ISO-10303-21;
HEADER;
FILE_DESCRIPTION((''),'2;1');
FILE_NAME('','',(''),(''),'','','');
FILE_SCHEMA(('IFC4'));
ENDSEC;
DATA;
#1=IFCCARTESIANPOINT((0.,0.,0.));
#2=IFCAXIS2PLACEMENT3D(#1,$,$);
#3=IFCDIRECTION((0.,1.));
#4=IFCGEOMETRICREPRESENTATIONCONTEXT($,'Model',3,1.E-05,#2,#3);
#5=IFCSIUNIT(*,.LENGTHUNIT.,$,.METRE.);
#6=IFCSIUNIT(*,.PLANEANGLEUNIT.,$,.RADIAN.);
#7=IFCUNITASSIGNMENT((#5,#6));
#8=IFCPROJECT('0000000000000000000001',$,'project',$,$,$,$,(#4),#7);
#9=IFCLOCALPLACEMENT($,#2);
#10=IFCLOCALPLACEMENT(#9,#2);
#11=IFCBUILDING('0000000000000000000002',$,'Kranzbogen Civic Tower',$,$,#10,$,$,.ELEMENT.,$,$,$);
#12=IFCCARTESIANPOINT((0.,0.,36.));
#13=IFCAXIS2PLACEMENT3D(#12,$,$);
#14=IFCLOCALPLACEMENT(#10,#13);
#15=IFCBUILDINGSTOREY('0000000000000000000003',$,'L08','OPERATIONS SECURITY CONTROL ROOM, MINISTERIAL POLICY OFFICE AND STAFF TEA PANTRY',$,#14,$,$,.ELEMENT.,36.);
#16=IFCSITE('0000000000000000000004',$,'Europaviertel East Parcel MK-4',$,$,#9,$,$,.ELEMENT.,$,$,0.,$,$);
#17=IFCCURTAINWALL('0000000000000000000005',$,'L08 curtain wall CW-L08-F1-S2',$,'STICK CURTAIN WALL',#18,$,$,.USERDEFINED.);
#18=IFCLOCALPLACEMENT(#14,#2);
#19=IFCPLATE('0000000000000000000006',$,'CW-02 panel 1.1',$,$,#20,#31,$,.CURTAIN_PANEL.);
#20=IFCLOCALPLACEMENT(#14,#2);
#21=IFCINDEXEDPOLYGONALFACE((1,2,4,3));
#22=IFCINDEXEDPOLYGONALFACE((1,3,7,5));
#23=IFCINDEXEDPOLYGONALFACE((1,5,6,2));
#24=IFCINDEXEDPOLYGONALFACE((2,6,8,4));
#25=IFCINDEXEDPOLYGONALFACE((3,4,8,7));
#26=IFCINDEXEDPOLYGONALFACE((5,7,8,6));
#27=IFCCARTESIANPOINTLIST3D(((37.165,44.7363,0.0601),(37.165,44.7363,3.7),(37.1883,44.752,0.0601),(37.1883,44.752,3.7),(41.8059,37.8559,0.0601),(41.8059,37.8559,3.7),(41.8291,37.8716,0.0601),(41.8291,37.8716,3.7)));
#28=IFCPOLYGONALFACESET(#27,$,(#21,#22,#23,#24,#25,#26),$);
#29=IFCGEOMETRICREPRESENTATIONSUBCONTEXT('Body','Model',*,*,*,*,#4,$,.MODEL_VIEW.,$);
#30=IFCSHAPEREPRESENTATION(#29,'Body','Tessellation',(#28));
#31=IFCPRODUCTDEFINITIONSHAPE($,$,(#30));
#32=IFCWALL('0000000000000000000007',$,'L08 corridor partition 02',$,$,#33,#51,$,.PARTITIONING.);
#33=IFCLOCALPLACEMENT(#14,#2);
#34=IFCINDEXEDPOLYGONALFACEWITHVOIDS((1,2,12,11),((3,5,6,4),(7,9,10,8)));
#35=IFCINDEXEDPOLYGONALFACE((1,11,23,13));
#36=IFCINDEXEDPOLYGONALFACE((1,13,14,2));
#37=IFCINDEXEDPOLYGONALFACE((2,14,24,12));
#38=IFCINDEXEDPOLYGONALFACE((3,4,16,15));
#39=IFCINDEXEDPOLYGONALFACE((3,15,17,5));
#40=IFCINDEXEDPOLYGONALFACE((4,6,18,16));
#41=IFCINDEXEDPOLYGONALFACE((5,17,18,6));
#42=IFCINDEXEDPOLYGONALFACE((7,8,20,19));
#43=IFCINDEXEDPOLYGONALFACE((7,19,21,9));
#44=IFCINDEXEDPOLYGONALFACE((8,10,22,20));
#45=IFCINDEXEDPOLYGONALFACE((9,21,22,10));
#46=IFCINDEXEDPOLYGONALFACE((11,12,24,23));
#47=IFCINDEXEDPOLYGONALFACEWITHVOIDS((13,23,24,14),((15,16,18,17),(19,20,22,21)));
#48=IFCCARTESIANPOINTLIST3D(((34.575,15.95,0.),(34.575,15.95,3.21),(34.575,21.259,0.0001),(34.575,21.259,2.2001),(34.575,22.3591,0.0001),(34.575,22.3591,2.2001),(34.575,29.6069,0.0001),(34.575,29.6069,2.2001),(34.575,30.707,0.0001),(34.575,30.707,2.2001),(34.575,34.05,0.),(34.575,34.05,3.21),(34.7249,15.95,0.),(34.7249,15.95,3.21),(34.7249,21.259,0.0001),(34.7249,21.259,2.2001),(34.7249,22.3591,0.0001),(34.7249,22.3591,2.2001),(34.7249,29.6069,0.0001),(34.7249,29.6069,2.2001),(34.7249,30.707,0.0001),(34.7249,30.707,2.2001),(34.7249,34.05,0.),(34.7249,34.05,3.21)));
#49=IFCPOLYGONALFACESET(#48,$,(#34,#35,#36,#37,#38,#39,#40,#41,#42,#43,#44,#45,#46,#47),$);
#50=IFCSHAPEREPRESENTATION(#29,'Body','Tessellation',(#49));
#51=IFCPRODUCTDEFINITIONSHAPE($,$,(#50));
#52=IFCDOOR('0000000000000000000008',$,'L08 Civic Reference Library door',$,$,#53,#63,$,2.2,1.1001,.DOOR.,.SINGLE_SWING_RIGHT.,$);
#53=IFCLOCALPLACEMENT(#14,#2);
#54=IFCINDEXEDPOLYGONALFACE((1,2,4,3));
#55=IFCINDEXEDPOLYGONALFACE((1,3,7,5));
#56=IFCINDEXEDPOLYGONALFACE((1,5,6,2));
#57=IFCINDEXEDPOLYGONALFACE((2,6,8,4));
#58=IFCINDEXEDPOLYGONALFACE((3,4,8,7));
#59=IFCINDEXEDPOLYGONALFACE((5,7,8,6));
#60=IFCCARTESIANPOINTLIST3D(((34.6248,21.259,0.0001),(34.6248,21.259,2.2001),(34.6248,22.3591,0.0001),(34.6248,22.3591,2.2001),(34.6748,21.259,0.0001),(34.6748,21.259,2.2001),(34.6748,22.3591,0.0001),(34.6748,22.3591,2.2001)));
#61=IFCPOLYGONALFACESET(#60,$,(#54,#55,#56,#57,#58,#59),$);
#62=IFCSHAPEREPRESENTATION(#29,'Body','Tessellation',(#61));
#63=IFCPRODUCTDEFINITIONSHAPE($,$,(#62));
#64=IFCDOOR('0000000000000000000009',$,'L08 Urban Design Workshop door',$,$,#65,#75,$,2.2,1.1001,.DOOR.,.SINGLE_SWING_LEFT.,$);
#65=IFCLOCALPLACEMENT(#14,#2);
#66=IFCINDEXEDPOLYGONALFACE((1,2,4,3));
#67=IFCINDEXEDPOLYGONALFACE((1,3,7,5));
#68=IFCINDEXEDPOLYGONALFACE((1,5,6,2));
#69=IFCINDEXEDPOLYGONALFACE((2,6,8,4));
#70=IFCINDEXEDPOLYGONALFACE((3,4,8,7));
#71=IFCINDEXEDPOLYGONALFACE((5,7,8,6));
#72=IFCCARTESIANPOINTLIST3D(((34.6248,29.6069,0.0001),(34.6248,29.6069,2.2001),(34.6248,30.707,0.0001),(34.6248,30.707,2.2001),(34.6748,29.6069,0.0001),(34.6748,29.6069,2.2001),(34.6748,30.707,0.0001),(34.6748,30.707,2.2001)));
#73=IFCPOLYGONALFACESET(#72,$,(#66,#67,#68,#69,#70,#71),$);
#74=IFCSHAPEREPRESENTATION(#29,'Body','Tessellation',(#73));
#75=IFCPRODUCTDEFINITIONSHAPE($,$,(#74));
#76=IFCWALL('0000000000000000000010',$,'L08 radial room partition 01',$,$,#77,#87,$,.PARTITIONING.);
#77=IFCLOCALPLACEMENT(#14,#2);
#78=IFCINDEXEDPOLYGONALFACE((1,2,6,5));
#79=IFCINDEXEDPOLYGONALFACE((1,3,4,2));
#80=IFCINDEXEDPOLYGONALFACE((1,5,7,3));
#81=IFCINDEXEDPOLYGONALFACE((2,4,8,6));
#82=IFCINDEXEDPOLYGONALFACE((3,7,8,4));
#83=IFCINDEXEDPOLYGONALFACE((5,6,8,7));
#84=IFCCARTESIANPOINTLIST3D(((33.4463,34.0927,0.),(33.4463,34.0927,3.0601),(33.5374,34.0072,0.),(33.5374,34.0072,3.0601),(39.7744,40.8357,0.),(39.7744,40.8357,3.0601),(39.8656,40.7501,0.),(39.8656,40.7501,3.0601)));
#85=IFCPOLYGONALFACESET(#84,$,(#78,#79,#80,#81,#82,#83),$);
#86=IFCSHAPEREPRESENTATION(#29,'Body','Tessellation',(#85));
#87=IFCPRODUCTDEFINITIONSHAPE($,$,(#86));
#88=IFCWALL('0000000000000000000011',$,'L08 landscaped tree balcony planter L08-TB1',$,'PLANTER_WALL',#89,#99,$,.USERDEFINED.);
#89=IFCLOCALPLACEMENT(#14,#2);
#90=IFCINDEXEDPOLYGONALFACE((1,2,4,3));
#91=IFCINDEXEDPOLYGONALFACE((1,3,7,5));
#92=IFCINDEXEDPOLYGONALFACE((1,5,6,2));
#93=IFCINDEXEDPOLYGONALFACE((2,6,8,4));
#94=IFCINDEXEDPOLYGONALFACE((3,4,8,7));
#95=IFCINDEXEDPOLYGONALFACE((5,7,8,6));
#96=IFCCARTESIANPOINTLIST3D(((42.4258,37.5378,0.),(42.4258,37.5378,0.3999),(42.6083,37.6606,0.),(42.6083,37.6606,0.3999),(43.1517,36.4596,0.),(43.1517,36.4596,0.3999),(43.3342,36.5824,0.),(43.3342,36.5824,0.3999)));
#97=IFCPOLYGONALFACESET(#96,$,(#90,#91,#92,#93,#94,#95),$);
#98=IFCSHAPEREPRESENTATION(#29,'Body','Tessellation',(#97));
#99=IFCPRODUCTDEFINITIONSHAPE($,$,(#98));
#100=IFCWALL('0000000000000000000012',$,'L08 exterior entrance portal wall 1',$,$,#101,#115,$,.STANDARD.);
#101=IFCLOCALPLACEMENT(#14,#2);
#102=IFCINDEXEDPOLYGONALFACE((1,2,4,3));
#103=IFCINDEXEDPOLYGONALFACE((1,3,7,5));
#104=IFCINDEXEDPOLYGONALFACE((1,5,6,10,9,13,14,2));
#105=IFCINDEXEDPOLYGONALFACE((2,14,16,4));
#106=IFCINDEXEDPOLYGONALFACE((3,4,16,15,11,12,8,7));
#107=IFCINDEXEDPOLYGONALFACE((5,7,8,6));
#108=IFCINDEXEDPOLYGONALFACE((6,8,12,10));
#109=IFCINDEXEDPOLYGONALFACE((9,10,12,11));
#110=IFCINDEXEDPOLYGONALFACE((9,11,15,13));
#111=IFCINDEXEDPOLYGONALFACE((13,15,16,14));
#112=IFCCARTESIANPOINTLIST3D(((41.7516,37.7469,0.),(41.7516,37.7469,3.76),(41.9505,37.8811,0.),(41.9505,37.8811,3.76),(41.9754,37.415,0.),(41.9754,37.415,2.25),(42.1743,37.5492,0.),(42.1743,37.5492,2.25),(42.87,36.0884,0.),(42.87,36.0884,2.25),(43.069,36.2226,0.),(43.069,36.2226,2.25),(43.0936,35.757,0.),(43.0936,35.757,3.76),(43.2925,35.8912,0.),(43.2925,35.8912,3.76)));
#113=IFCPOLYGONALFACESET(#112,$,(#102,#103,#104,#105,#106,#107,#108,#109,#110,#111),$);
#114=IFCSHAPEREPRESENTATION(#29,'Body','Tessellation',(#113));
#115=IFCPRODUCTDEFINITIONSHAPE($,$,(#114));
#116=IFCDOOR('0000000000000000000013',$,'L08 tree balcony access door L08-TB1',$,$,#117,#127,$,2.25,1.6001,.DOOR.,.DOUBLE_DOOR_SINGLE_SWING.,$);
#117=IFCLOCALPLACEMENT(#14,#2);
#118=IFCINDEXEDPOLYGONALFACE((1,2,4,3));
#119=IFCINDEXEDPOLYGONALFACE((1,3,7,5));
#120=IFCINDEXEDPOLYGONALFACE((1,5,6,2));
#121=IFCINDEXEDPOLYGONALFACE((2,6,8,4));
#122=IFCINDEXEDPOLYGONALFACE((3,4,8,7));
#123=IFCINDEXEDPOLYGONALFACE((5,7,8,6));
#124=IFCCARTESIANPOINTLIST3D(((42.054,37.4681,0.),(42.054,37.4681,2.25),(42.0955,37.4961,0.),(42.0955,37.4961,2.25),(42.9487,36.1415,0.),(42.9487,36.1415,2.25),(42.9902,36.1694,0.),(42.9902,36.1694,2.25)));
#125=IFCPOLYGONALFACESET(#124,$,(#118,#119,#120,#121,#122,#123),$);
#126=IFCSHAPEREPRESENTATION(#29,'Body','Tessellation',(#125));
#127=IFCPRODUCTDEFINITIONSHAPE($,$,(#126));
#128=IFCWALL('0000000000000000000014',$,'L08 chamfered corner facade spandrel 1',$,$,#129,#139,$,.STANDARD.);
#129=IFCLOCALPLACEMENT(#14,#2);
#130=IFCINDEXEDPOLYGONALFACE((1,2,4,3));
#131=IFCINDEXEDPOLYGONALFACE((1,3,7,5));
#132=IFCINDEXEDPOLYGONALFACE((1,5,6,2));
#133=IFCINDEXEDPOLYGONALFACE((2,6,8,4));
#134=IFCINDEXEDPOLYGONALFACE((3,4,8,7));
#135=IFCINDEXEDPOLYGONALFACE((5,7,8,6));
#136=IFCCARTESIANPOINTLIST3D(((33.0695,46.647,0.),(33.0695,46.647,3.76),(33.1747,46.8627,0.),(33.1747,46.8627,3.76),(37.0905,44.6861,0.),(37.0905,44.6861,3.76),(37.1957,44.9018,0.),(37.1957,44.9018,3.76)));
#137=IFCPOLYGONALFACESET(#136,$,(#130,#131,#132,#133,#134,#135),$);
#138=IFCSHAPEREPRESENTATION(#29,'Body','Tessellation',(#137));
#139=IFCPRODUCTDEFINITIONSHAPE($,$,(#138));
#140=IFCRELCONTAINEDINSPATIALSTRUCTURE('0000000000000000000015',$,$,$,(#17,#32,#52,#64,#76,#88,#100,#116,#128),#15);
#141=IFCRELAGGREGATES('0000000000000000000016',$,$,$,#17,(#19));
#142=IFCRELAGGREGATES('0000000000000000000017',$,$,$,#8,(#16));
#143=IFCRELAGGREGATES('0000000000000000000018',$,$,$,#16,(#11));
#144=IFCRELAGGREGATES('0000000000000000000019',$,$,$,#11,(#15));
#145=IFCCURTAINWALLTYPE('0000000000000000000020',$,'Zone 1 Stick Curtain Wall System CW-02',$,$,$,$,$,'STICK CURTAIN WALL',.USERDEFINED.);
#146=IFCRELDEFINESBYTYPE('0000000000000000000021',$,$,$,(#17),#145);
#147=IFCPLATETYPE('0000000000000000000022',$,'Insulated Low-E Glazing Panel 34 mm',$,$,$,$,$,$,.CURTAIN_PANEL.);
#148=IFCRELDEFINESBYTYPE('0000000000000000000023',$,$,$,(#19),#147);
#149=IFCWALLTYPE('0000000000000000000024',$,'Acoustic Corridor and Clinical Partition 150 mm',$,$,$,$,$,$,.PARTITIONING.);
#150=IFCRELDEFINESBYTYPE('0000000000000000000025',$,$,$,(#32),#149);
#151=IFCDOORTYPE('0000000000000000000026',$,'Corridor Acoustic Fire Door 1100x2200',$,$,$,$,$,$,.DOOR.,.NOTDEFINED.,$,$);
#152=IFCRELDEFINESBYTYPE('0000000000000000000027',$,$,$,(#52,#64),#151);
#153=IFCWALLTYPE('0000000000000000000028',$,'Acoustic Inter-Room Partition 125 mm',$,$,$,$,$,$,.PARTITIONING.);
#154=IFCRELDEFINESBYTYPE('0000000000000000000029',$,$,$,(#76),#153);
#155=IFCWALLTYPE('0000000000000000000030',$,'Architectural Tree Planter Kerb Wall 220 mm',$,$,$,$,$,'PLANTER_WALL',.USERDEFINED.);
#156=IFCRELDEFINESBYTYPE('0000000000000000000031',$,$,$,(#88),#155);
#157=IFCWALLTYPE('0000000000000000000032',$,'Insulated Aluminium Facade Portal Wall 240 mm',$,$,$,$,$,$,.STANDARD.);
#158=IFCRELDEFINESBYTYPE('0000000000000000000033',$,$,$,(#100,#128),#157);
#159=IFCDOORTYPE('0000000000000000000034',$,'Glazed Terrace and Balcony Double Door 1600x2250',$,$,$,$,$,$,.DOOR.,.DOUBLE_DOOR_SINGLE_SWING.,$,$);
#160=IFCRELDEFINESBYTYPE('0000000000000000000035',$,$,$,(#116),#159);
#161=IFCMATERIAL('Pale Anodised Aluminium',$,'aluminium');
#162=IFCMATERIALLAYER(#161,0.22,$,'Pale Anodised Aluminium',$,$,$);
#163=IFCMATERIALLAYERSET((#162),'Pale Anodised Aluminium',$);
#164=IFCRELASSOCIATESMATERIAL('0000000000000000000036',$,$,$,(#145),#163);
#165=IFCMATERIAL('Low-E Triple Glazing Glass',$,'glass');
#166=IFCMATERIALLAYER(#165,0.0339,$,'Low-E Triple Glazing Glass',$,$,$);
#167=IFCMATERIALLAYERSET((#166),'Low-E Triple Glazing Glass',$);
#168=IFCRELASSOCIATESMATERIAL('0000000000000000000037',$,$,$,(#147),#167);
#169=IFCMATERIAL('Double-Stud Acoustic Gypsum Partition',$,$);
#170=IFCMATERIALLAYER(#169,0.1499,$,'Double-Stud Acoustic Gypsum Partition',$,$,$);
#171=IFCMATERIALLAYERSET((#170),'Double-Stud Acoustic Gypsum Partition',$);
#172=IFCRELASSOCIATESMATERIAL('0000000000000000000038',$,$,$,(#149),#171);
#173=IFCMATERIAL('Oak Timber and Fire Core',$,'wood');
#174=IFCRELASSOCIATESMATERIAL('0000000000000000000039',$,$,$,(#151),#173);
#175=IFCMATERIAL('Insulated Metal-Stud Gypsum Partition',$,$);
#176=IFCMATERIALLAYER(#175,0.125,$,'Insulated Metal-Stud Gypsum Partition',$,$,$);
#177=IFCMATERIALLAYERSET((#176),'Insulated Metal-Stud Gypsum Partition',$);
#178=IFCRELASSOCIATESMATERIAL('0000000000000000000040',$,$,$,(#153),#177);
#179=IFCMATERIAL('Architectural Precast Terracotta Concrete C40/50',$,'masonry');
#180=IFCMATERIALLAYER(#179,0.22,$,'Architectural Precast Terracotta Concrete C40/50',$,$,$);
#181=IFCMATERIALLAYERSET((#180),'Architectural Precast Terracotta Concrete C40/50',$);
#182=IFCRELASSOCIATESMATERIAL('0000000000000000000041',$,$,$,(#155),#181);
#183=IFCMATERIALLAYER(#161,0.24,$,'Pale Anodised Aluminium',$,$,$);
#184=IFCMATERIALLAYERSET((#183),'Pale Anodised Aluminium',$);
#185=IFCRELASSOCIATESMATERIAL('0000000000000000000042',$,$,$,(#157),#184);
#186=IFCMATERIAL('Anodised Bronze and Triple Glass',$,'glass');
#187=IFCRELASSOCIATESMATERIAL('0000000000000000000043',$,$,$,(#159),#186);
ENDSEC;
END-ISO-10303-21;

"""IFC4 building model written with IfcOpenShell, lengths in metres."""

from ifc_helpers import new_model, si_unit, direction, frame, frame_2d, origin, origin_2d, place, context, subcontext, project, spatial, rectangle, extrude, material, layer, layer_set, type_object, element, fill, aggregate, save


model = new_model("IFC4")

# Units and contexts
model_context = context("Model", 3, precision=1e-05, world=origin(), true_north=direction((0.0, 1.0)))
body_context = subcontext(model_context, "Body", "Model", "MODEL_VIEW")
ifc_project = project(units=[si_unit("LENGTHUNIT", "METRE"), si_unit("PLANEANGLEUNIT", "RADIAN")], contexts=[model_context])

# Site, building, storey
site_placement = place(None, origin())
site = spatial("IfcSite", under=ifc_project, at=site_placement, Name="Europaviertel East Parcel MK-4", CompositionType="ELEMENT", RefElevation=0.0)
building_placement = place(site_placement, origin())
building = spatial("IfcBuilding", under=site, at=building_placement, Name="Kranzbogen Civic Tower", CompositionType="ELEMENT")
storey_placement = place(building_placement, frame((0.0, 0.0, 36.0)))
storey = spatial("IfcBuildingStorey", under=building, at=storey_placement, Name="L08", Description="OPERATIONS SECURITY CONTROL ROOM, MINISTERIAL POLICY OFFICE AND STAFF TEA PANTRY", CompositionType="ELEMENT", Elevation=36.0)

# Shared definitions
ifc_material_1 = material(Name="Pale Anodised Aluminium", Category="aluminium")
ifc_layer_1 = layer(ifc_material_1, 0.22, Name="Pale Anodised Aluminium")
ifc_layer_set_1 = layer_set([ifc_layer_1], Name="Pale Anodised Aluminium")
curtain_wall_type = type_object("IfcCurtainWallType", Name="Zone 1 Stick Curtain Wall System CW-02", ElementType="STICK CURTAIN WALL", PredefinedType="USERDEFINED", material=ifc_layer_set_1)

# Curtain wall
curtain_wall_1_placement = place(storey_placement, origin())
curtain_wall_1 = element("IfcCurtainWall", 1, at=curtain_wall_1_placement, inside=storey, type_object=curtain_wall_type, Name="L08 curtain wall CW-L08-F1-S2", ObjectType="STICK CURTAIN WALL", PredefinedType="USERDEFINED")

# Plate
ifc_material_2 = material(Name="Low-E Triple Glazing Glass", Category="glass")
ifc_layer_2 = layer(ifc_material_2, 0.0339, Name="Low-E Triple Glazing Glass")
ifc_layer_set_2 = layer_set([ifc_layer_2], Name="Low-E Triple Glazing Glass")
plate_type = type_object("IfcPlateType", Name="Insulated Low-E Glazing Panel 34 mm", PredefinedType="CURTAIN_PANEL", material=ifc_layer_set_2)
plate_placement = place(storey_placement, frame((39.4971, 41.304, 0.0601), z_axis=(0.0, 0.0, 1.0), x_axis=(-0.559187, 0.829041, 0.0)))
plate = element("IfcPlate", 2, at=plate_placement, type_object=plate_type, Name="CW-02 panel 1.1", PredefinedType="CURTAIN_PANEL", context=body_context, shape_type="SweptSolid", body=[
    extrude(rectangle(XDim=8.2993, YDim=0.0281, at=origin_2d()), origin(), (0.0, 0.0, 1.0), 3.6399),
])
aggregate(curtain_wall_1, [plate])

# Wall, openings, doors
ifc_material_3 = material(Name="Double-Stud Acoustic Gypsum Partition")
ifc_layer_3 = layer(ifc_material_3, 0.1499, Name="Double-Stud Acoustic Gypsum Partition")
ifc_layer_set_3 = layer_set([ifc_layer_3], Name="Double-Stud Acoustic Gypsum Partition")
wall_type_1 = type_object("IfcWallType", Name="Acoustic Corridor and Clinical Partition 150 mm", PredefinedType="PARTITIONING", material=ifc_layer_set_3)
wall_1_placement = place(storey_placement, frame((34.6499, 34.05, 0.0), z_axis=(0.0, 0.0, 1.0), x_axis=(0.0, -1.0, 0.0)))
wall_1 = element("IfcWall", 3, at=wall_1_placement, inside=storey, type_object=wall_type_1, Name="L08 corridor partition 02", PredefinedType="PARTITIONING", context=body_context, shape_type="SweptSolid", body=[
    extrude(rectangle(XDim=18.1001, YDim=0.1499, at=frame_2d((9.05, 0.0))), origin(), (0.0, 0.0, 1.0), 3.21),
])
opening_1_placement = place(wall_1_placement, frame((11.6909, 0.0, 0.0)))
opening_1 = element("IfcOpeningElement", 4, at=opening_1_placement, cuts=wall_1, PredefinedType="OPENING", context=body_context, shape_type="SweptSolid", body=[
    extrude(rectangle(XDim=1.1001, YDim=2.2, at=frame_2d((0.55, 1.1001))), frame((0.0, 0.085, 0.0), z_axis=(0.0, -1.0, 0.0), x_axis=(1.0, 0.0, 0.0)), (0.0, 0.0, 1.0), 0.1699),
])
opening_2_placement = place(wall_1_placement, frame((3.343, 0.0, 0.0)))
opening_2 = element("IfcOpeningElement", 5, at=opening_2_placement, cuts=wall_1, PredefinedType="OPENING", context=body_context, shape_type="SweptSolid", body=[
    extrude(rectangle(XDim=1.1001, YDim=2.2, at=frame_2d((0.55, 1.1001))), frame((0.0, 0.085, 0.0), z_axis=(0.0, -1.0, 0.0), x_axis=(1.0, 0.0, 0.0)), (0.0, 0.0, 1.0), 0.1699),
])
ifc_material_4 = material(Name="Oak Timber and Fire Core", Category="wood")
door_type_1 = type_object("IfcDoorType", Name="Corridor Acoustic Fire Door 1100x2200", OperationType="NOTDEFINED", PredefinedType="DOOR", material=ifc_material_4)
door_1_placement = place(opening_1_placement, origin())
door_1 = element("IfcDoor", 6, at=door_1_placement, inside=storey, type_object=door_type_1, Name="L08 Civic Reference Library door", OperationType="SINGLE_SWING_RIGHT", OverallHeight=2.2, OverallWidth=1.1001, PredefinedType="DOOR", context=body_context, shape_type="SweptSolid", body=[
    extrude(rectangle(XDim=1.1001, YDim=2.2, at=frame_2d((0.55, 1.1001))), frame((0.0, 0.0249, 0.0), z_axis=(0.0, -1.0, 0.0), x_axis=(1.0, 0.0, 0.0)), (0.0, 0.0, 1.0), 0.05),
])
fill(opening_1, door_1)
door_2_placement = place(opening_2_placement, origin())
door_2 = element("IfcDoor", 7, at=door_2_placement, inside=storey, type_object=door_type_1, Name="L08 Urban Design Workshop door", OperationType="SINGLE_SWING_LEFT", OverallHeight=2.2, OverallWidth=1.1001, PredefinedType="DOOR", context=body_context, shape_type="SweptSolid", body=[
    extrude(rectangle(XDim=1.1001, YDim=2.2, at=frame_2d((0.55, 1.1001))), frame((0.0, 0.0249, 0.0), z_axis=(0.0, -1.0, 0.0), x_axis=(1.0, 0.0, 0.0)), (0.0, 0.0, 1.0), 0.05),
])
fill(opening_2, door_2)

# Walls
ifc_material_5 = material(Name="Insulated Metal-Stud Gypsum Partition")
ifc_layer_4 = layer(ifc_material_5, 0.125, Name="Insulated Metal-Stud Gypsum Partition")
ifc_layer_set_4 = layer_set([ifc_layer_4], Name="Insulated Metal-Stud Gypsum Partition")
wall_type_2 = type_object("IfcWallType", Name="Acoustic Inter-Room Partition 125 mm", PredefinedType="PARTITIONING", material=ifc_layer_set_4)
wall_2_placement = place(storey_placement, frame((33.4919, 34.05, 0.0), z_axis=(0.0, 0.0, 1.0), x_axis=(0.684323, 0.729179, 0.0)))
element("IfcWall", 8, at=wall_2_placement, inside=storey, type_object=wall_type_2, Name="L08 radial room partition 01", PredefinedType="PARTITIONING", context=body_context, shape_type="SweptSolid", body=[
    extrude(rectangle(XDim=9.2473, YDim=0.125, at=frame_2d((4.6235, 0.0))), origin(), (0.0, 0.0, 1.0), 3.0601),
])
ifc_material_6 = material(Name="Architectural Precast Terracotta Concrete C40/50", Category="masonry")
ifc_layer_5 = layer(ifc_material_6, 0.22, Name="Architectural Precast Terracotta Concrete C40/50")
ifc_layer_set_5 = layer_set([ifc_layer_5], Name="Architectural Precast Terracotta Concrete C40/50")
wall_type_3 = type_object("IfcWallType", Name="Architectural Tree Planter Kerb Wall 220 mm", ElementType="PLANTER_WALL", PredefinedType="USERDEFINED", material=ifc_layer_set_5)
wall_3_placement = place(storey_placement, frame((43.2429, 36.521, 0.0), z_axis=(0.0, 0.0, 1.0), x_axis=(-0.558466, 0.829528, 0.0)))
element("IfcWall", 9, at=wall_3_placement, inside=storey, type_object=wall_type_3, Name="L08 landscaped tree balcony planter L08-TB1", ObjectType="PLANTER_WALL", PredefinedType="USERDEFINED", context=body_context, shape_type="SweptSolid", body=[
    extrude(rectangle(XDim=1.2998, YDim=0.22, at=frame_2d((0.6499, 0.0))), origin(), (0.0, 0.0, 1.0), 0.3999),
])

# Wall, opening, door
ifc_layer_6 = layer(ifc_material_1, 0.24, Name="Pale Anodised Aluminium")
ifc_layer_set_6 = layer_set([ifc_layer_6], Name="Pale Anodised Aluminium")
wall_type_4 = type_object("IfcWallType", Name="Insulated Aluminium Facade Portal Wall 240 mm", PredefinedType="STANDARD", material=ifc_layer_set_6)
wall_4_placement = place(storey_placement, frame((43.1931, 35.824, 0.0), z_axis=(0.0, 0.0, 1.0), x_axis=(-0.559129, 0.829081, 0.0)))
wall_4 = element("IfcWall", 10, at=wall_4_placement, inside=storey, type_object=wall_type_4, Name="L08 exterior entrance portal wall 1", PredefinedType="STANDARD", context=body_context, shape_type="SweptSolid", body=[
    extrude(rectangle(XDim=2.4001, YDim=0.24, at=frame_2d((1.2002, 0.0))), origin(), (0.0, 0.0, 1.0), 3.76),
])
opening_3_placement = place(wall_4_placement, frame((0.3999, 0.0, 0.0)))
opening_3 = element("IfcOpeningElement", 11, at=opening_3_placement, cuts=wall_4, PredefinedType="OPENING", context=body_context, shape_type="SweptSolid", body=[
    extrude(rectangle(XDim=1.6001, YDim=2.25, at=frame_2d((0.8, 1.125))), frame((0.0, 0.1299, 0.0), z_axis=(0.0, -1.0, 0.0), x_axis=(1.0, 0.0, 0.0)), (0.0, 0.0, 1.0), 0.26),
])
ifc_material_7 = material(Name="Anodised Bronze and Triple Glass", Category="glass")
door_type_2 = type_object("IfcDoorType", Name="Glazed Terrace and Balcony Double Door 1600x2250", OperationType="DOUBLE_DOOR_SINGLE_SWING", PredefinedType="DOOR", material=ifc_material_7)
door_3_placement = place(opening_3_placement, frame((1.6001, 0.0, 0.0), z_axis=(0.0, 0.0, 1.0), x_axis=(-1.0, 0.0, 0.0)))
door_3 = element("IfcDoor", 12, at=door_3_placement, inside=storey, type_object=door_type_2, Name="L08 tree balcony access door L08-TB1", OperationType="DOUBLE_DOOR_SINGLE_SWING", OverallHeight=2.25, OverallWidth=1.6001, PredefinedType="DOOR", context=body_context, shape_type="SweptSolid", body=[
    extrude(rectangle(XDim=1.6001, YDim=2.25, at=frame_2d((0.8, 1.125))), frame((0.0, 0.0249, 0.0), z_axis=(0.0, -1.0, 0.0), x_axis=(1.0, 0.0, 0.0)), (0.0, 0.0, 1.0), 0.05),
])
fill(opening_3, door_3)

# Wall
wall_5_placement = place(storey_placement, frame((37.1431, 44.7939, 0.0), z_axis=(0.0, 0.0, 1.0), x_axis=(-0.898815, 0.438329, 0.0)))
element("IfcWall", 13, at=wall_5_placement, inside=storey, type_object=wall_type_4, Name="L08 chamfered corner facade spandrel 1", PredefinedType="STANDARD", context=body_context, shape_type="SweptSolid", body=[
    extrude(rectangle(XDim=4.4736, YDim=0.24, at=frame_2d((2.2368, 0.0))), origin(), (0.0, 0.0, 1.0), 3.76),
])

save(model, "model.ifc")
